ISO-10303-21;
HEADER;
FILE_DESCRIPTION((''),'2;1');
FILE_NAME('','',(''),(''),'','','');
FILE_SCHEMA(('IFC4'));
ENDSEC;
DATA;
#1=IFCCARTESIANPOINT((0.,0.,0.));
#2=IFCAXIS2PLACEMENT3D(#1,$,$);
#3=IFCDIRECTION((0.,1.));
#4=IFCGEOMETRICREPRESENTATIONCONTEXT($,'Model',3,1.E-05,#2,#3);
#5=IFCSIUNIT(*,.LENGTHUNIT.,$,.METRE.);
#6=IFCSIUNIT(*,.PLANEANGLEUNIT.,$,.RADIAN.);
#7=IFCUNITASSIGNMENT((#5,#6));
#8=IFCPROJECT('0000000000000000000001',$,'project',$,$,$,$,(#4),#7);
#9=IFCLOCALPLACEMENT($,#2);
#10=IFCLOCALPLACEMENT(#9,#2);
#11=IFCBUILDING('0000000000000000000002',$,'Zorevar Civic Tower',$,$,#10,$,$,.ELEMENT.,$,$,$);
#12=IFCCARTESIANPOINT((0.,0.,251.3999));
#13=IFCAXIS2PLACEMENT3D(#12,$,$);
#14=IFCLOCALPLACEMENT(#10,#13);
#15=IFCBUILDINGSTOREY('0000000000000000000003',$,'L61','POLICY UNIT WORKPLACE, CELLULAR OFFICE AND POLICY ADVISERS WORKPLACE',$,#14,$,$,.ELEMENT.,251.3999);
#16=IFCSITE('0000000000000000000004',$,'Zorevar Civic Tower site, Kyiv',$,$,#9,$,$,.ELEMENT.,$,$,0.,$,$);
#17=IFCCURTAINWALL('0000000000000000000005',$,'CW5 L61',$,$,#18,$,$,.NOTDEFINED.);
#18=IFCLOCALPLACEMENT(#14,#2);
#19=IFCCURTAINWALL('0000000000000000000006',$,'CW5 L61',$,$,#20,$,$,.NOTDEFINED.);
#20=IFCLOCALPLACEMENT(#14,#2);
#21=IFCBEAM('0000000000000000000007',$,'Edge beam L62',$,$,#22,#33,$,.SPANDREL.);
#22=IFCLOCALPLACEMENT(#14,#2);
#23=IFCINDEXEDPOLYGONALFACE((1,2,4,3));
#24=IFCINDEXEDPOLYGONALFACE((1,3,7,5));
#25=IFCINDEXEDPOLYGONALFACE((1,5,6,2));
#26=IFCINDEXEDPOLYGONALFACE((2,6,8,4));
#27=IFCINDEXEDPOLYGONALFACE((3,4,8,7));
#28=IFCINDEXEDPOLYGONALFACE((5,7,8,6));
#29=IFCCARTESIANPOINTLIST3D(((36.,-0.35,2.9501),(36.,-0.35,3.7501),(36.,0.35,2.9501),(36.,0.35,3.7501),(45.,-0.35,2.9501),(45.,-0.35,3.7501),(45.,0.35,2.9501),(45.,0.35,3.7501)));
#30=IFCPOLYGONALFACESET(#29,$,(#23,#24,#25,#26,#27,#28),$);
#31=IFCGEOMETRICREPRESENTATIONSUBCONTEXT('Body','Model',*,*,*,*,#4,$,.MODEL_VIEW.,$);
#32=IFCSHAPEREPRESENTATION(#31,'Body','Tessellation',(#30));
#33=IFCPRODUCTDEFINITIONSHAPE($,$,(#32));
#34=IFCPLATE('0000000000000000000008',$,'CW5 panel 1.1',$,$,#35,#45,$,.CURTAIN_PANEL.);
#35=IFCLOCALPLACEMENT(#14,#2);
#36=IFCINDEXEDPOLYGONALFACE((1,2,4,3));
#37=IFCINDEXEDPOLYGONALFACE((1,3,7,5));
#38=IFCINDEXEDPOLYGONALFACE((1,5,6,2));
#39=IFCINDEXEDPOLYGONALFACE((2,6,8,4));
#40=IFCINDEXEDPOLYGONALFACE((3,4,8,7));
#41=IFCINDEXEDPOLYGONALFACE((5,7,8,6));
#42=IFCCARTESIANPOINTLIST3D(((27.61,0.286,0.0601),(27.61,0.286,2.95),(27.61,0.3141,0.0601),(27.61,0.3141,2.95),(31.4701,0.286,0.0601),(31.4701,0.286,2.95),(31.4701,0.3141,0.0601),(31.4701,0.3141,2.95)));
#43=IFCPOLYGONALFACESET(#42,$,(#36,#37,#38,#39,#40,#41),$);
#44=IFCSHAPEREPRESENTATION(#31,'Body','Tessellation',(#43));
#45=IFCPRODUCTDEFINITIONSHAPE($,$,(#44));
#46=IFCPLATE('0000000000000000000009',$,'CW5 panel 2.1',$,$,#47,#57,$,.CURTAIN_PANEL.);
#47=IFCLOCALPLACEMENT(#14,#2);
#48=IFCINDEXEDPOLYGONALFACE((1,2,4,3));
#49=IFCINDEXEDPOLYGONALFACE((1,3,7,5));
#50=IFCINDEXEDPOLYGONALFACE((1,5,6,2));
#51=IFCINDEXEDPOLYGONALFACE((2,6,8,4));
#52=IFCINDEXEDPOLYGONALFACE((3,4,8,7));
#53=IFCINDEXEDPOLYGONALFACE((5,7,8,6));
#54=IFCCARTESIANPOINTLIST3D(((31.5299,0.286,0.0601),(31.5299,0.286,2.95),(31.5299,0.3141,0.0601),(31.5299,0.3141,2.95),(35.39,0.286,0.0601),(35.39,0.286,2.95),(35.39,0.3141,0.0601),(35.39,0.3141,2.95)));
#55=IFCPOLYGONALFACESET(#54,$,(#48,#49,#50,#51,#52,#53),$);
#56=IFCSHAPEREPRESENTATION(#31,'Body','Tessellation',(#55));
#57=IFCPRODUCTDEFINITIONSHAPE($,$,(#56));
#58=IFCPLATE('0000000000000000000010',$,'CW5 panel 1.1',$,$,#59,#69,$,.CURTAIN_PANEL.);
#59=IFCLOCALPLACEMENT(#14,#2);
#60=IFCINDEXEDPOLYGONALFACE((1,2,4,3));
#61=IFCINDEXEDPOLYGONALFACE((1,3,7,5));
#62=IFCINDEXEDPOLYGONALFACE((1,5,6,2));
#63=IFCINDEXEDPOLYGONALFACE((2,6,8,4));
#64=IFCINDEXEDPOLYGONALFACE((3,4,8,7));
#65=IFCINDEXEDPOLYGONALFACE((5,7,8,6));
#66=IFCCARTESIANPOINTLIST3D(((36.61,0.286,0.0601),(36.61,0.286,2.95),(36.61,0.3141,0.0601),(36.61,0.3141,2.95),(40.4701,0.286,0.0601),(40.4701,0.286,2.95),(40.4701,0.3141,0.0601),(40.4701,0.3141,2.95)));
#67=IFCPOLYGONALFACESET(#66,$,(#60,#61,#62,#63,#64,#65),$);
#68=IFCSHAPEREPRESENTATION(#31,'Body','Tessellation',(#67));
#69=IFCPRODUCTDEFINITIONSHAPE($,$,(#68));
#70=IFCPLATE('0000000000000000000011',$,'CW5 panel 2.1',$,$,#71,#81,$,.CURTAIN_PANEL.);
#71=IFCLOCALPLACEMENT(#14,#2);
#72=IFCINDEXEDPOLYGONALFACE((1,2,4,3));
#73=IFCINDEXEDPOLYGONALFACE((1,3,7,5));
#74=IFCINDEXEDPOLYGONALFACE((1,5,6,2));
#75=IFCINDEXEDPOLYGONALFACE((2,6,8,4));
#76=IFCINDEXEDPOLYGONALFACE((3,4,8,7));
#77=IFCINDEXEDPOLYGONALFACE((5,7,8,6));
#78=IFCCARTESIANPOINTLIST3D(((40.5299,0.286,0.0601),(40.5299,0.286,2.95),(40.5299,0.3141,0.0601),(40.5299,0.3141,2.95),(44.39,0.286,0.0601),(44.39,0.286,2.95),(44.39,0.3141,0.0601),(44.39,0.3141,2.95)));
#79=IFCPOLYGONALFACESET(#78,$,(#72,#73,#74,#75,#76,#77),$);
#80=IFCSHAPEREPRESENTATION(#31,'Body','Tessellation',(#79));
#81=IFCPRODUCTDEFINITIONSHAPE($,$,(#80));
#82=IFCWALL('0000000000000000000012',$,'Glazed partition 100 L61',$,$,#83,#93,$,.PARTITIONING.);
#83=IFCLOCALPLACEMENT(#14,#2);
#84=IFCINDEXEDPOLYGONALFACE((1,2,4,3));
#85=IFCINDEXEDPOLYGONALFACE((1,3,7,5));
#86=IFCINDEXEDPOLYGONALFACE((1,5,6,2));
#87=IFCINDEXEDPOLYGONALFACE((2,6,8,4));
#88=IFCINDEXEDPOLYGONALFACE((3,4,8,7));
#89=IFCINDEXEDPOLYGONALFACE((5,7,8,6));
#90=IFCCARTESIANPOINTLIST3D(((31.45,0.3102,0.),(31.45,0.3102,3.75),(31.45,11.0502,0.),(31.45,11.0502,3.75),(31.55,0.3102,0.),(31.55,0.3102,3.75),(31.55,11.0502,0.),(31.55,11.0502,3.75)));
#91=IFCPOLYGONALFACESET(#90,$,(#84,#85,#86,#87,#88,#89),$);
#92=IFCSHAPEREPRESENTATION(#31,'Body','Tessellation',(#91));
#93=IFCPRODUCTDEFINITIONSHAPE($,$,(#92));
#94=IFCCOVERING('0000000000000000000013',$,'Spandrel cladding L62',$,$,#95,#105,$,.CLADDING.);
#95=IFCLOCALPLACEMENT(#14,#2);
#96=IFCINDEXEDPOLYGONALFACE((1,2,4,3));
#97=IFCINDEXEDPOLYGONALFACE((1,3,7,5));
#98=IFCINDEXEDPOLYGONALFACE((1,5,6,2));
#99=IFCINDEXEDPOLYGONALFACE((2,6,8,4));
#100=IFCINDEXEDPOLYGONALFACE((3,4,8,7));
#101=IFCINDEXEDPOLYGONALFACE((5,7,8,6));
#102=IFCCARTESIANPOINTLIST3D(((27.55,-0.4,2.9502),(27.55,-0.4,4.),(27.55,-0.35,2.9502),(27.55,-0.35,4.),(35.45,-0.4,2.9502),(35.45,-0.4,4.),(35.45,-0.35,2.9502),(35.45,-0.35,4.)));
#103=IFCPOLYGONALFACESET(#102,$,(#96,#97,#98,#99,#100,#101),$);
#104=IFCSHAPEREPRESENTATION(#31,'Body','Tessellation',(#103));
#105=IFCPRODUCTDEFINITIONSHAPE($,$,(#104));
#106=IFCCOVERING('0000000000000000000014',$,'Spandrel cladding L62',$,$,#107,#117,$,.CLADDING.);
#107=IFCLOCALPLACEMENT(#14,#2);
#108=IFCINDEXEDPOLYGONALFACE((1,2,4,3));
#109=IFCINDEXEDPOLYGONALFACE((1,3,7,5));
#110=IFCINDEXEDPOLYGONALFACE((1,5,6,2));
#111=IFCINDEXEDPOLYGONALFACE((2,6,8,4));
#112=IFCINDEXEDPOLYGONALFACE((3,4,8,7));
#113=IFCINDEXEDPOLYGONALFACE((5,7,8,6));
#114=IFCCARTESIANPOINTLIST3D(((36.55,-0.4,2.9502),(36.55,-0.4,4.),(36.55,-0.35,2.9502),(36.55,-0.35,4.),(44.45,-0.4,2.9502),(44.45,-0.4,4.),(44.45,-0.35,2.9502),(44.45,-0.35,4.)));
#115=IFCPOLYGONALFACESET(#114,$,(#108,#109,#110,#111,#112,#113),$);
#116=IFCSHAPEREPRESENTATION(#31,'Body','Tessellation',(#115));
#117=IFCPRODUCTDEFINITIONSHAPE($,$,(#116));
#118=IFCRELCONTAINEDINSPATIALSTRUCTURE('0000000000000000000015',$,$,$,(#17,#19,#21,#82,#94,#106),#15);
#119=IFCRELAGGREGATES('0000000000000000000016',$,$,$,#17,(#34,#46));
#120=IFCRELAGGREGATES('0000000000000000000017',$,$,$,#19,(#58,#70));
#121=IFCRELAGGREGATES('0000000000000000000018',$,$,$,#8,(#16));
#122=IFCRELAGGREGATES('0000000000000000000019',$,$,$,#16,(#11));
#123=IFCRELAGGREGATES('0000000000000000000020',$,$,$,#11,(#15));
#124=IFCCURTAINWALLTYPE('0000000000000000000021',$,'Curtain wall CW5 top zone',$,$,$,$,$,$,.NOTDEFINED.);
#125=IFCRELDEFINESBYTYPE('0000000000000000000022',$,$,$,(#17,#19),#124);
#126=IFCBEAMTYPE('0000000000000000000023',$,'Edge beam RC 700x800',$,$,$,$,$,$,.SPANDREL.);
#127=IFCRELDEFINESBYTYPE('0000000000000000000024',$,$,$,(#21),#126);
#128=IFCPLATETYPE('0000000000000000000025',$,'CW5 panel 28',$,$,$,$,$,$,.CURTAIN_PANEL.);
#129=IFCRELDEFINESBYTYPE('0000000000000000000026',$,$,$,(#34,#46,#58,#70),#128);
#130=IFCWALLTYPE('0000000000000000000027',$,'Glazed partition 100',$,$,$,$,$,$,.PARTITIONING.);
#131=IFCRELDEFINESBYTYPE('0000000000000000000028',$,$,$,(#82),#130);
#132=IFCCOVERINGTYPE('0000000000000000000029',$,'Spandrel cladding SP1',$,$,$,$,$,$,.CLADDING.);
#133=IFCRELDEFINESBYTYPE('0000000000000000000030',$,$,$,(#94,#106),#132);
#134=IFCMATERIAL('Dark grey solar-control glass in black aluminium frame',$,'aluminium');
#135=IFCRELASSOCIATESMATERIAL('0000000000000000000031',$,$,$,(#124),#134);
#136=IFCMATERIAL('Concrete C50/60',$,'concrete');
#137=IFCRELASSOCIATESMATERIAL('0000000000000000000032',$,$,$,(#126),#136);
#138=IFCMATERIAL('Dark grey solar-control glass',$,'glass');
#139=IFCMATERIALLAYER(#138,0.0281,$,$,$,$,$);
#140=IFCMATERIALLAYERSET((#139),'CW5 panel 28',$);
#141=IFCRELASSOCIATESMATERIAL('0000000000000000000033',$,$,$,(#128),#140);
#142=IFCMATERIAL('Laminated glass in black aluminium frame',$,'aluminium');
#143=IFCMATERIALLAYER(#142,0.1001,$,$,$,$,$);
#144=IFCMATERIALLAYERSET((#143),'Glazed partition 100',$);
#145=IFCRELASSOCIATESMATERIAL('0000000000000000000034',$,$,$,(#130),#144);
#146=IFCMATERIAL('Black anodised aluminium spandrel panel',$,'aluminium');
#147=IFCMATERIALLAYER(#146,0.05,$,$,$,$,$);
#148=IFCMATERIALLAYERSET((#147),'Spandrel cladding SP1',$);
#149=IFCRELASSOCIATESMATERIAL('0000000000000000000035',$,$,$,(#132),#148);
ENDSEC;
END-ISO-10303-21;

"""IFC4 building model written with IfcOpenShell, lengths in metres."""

from ifc_helpers import new_model, si_unit, direction, frame, frame_2d, origin, origin_2d, place, context, subcontext, project, spatial, rectangle, extrude, material, layer, layer_set, material_profile, profile_set, type_object, element, aggregate, save


model = new_model("IFC4")

# Units and contexts
model_context = context("Model", 3, precision=1e-05, world=origin(), true_north=direction((0.0, 1.0)))
body_context = subcontext(model_context, "Body", "Model", "MODEL_VIEW")
ifc_project = project(units=[si_unit("LENGTHUNIT", "METRE"), si_unit("PLANEANGLEUNIT", "RADIAN")], contexts=[model_context])

# Site, building, storey
site_placement = place(None, origin())
site = spatial("IfcSite", under=ifc_project, at=site_placement, Name="Zorevar Civic Tower site, Kyiv", CompositionType="ELEMENT", RefElevation=0.0)
building_placement = place(site_placement, origin())
building = spatial("IfcBuilding", under=site, at=building_placement, Name="Zorevar Civic Tower", CompositionType="ELEMENT")
storey_placement = place(building_placement, frame((0.0, 0.0, 251.3999)))
storey = spatial("IfcBuildingStorey", under=building, at=storey_placement, Name="L61", Description="POLICY UNIT WORKPLACE, CELLULAR OFFICE AND POLICY ADVISERS WORKPLACE", CompositionType="ELEMENT", Elevation=251.3999)

# Curtain walls
ifc_material_1 = material(Name="Dark grey solar-control glass in black aluminium frame", Category="aluminium")
curtain_wall_type = type_object("IfcCurtainWallType", Name="Curtain wall CW5 top zone", PredefinedType="NOTDEFINED", material=ifc_material_1)
curtain_wall_1_placement = place(storey_placement, origin())
curtain_wall_1 = element("IfcCurtainWall", 1, at=curtain_wall_1_placement, inside=storey, type_object=curtain_wall_type, Name="CW5 L61", PredefinedType="NOTDEFINED")
curtain_wall_2_placement = place(storey_placement, origin())
curtain_wall_2 = element("IfcCurtainWall", 2, at=curtain_wall_2_placement, inside=storey, type_object=curtain_wall_type, Name="CW5 L61", PredefinedType="NOTDEFINED")

# Beam
ifc_material_2 = material(Name="Concrete C50/60", Category="concrete")
ifc_material_profile_1 = material_profile(ifc_material_2, rectangle(XDim=0.7, YDim=0.8, at=origin_2d()), Name="RC 700x800")
ifc_profile_set_1 = profile_set([ifc_material_profile_1], Name="Concrete C50/60")
beam_type_1 = type_object("IfcBeamType", Name="Edge beam RC 700x800", PredefinedType="SPANDREL", material=ifc_profile_set_1)
beam_1_placement = place(storey_placement, frame((36.0, 0.0, 3.3501), z_axis=(1.0, 0.0, 0.0), x_axis=(0.0, 1.0, 0.0)))
element("IfcBeam", 3, at=beam_1_placement, inside=storey, type_object=beam_type_1, Name="Edge beam L62", PredefinedType="SPANDREL", context=body_context, shape_type="SweptSolid", body=[
    extrude(rectangle(XDim=0.7, YDim=0.8, at=origin_2d()), origin(), (0.0, 0.0, 1.0), 9.0),
])

# Plates
ifc_material_3 = material(Name="Dark grey solar-control glass", Category="glass")
ifc_layer_1 = layer(ifc_material_3, 0.0281)
ifc_layer_set_1 = layer_set([ifc_layer_1], Name="CW5 panel 28")
plate_type = type_object("IfcPlateType", Name="CW5 panel 28", PredefinedType="CURTAIN_PANEL", material=ifc_layer_set_1)
plate_1_placement = place(storey_placement, frame((29.54, 0.3, 0.0601), z_axis=(0.0, 0.0, 1.0), x_axis=(1.0, 0.0, 0.0)))
plate_1 = element("IfcPlate", 4, at=plate_1_placement, type_object=plate_type, Name="CW5 panel 1.1", PredefinedType="CURTAIN_PANEL", context=body_context, shape_type="SweptSolid", body=[
    extrude(rectangle(XDim=3.8601, YDim=0.0281, at=origin_2d()), origin(), (0.0, 0.0, 1.0), 2.8899),
])
plate_2_placement = place(storey_placement, frame((33.46, 0.3, 0.0601), z_axis=(0.0, 0.0, 1.0), x_axis=(1.0, 0.0, 0.0)))
plate_2 = element("IfcPlate", 5, at=plate_2_placement, type_object=plate_type, Name="CW5 panel 2.1", PredefinedType="CURTAIN_PANEL", context=body_context, shape_type="SweptSolid", body=[
    extrude(rectangle(XDim=3.8601, YDim=0.0281, at=origin_2d()), origin(), (0.0, 0.0, 1.0), 2.8899),
])
aggregate(curtain_wall_1, [plate_1, plate_2])
plate_3_placement = place(storey_placement, frame((38.54, 0.3, 0.0601), z_axis=(0.0, 0.0, 1.0), x_axis=(1.0, 0.0, 0.0)))
plate_3 = element("IfcPlate", 6, at=plate_3_placement, type_object=plate_type, Name="CW5 panel 1.1", PredefinedType="CURTAIN_PANEL", context=body_context, shape_type="SweptSolid", body=[
    extrude(rectangle(XDim=3.8601, YDim=0.0281, at=origin_2d()), origin(), (0.0, 0.0, 1.0), 2.8899),
])
plate_4_placement = place(storey_placement, frame((42.46, 0.3, 0.0601), z_axis=(0.0, 0.0, 1.0), x_axis=(1.0, 0.0, 0.0)))
plate_4 = element("IfcPlate", 7, at=plate_4_placement, type_object=plate_type, Name="CW5 panel 2.1", PredefinedType="CURTAIN_PANEL", context=body_context, shape_type="SweptSolid", body=[
    extrude(rectangle(XDim=3.8601, YDim=0.0281, at=origin_2d()), origin(), (0.0, 0.0, 1.0), 2.8899),
])
aggregate(curtain_wall_2, [plate_3, plate_4])

# Wall
ifc_material_4 = material(Name="Laminated glass in black aluminium frame", Category="aluminium")
ifc_layer_2 = layer(ifc_material_4, 0.1001)
ifc_layer_set_2 = layer_set([ifc_layer_2], Name="Glazed partition 100")
wall_type = type_object("IfcWallType", Name="Glazed partition 100", PredefinedType="PARTITIONING", material=ifc_layer_set_2)
wall_placement = place(storey_placement, frame((31.5, 0.3101, 0.0), z_axis=(0.0, 0.0, 1.0), x_axis=(0.0, 1.0, 0.0)))
element("IfcWall", 8, at=wall_placement, inside=storey, type_object=wall_type, Name="Glazed partition 100 L61", PredefinedType="PARTITIONING", context=body_context, shape_type="SweptSolid", body=[
    extrude(rectangle(XDim=10.74, YDim=0.1001, at=frame_2d((5.3701, 0.0))), origin(), (0.0, 0.0, 1.0), 3.75),
])

# Coverings
ifc_material_5 = material(Name="Black anodised aluminium spandrel panel", Category="aluminium")
ifc_layer_3 = layer(ifc_material_5, 0.05)
ifc_layer_set_3 = layer_set([ifc_layer_3], Name="Spandrel cladding SP1")
covering_type = type_object("IfcCoveringType", Name="Spandrel cladding SP1", PredefinedType="CLADDING", material=ifc_layer_set_3)
for number, where, z_axis, x_axis, name in (
    (9, (27.55, -0.375, 2.9502), (0.0, 0.0, 1.0), (1.0, 0.0, 0.0), "Spandrel cladding L62"),
    (10, (36.55, -0.375, 2.9502), (0.0, 0.0, 1.0), (1.0, 0.0, 0.0), "Spandrel cladding L62"),
):
    element("IfcCovering", number, at=place(storey_placement, frame(where, z_axis=z_axis, x_axis=x_axis)), inside=storey, type_object=covering_type, Name=name, PredefinedType="CLADDING", context=body_context, shape_type="SweptSolid", body=[
        extrude(rectangle(XDim=7.8999, YDim=0.05, at=frame_2d((3.95, 0.0))), origin(), (0.0, 0.0, 1.0), 1.0498),
    ])

save(model, "model.ifc")
